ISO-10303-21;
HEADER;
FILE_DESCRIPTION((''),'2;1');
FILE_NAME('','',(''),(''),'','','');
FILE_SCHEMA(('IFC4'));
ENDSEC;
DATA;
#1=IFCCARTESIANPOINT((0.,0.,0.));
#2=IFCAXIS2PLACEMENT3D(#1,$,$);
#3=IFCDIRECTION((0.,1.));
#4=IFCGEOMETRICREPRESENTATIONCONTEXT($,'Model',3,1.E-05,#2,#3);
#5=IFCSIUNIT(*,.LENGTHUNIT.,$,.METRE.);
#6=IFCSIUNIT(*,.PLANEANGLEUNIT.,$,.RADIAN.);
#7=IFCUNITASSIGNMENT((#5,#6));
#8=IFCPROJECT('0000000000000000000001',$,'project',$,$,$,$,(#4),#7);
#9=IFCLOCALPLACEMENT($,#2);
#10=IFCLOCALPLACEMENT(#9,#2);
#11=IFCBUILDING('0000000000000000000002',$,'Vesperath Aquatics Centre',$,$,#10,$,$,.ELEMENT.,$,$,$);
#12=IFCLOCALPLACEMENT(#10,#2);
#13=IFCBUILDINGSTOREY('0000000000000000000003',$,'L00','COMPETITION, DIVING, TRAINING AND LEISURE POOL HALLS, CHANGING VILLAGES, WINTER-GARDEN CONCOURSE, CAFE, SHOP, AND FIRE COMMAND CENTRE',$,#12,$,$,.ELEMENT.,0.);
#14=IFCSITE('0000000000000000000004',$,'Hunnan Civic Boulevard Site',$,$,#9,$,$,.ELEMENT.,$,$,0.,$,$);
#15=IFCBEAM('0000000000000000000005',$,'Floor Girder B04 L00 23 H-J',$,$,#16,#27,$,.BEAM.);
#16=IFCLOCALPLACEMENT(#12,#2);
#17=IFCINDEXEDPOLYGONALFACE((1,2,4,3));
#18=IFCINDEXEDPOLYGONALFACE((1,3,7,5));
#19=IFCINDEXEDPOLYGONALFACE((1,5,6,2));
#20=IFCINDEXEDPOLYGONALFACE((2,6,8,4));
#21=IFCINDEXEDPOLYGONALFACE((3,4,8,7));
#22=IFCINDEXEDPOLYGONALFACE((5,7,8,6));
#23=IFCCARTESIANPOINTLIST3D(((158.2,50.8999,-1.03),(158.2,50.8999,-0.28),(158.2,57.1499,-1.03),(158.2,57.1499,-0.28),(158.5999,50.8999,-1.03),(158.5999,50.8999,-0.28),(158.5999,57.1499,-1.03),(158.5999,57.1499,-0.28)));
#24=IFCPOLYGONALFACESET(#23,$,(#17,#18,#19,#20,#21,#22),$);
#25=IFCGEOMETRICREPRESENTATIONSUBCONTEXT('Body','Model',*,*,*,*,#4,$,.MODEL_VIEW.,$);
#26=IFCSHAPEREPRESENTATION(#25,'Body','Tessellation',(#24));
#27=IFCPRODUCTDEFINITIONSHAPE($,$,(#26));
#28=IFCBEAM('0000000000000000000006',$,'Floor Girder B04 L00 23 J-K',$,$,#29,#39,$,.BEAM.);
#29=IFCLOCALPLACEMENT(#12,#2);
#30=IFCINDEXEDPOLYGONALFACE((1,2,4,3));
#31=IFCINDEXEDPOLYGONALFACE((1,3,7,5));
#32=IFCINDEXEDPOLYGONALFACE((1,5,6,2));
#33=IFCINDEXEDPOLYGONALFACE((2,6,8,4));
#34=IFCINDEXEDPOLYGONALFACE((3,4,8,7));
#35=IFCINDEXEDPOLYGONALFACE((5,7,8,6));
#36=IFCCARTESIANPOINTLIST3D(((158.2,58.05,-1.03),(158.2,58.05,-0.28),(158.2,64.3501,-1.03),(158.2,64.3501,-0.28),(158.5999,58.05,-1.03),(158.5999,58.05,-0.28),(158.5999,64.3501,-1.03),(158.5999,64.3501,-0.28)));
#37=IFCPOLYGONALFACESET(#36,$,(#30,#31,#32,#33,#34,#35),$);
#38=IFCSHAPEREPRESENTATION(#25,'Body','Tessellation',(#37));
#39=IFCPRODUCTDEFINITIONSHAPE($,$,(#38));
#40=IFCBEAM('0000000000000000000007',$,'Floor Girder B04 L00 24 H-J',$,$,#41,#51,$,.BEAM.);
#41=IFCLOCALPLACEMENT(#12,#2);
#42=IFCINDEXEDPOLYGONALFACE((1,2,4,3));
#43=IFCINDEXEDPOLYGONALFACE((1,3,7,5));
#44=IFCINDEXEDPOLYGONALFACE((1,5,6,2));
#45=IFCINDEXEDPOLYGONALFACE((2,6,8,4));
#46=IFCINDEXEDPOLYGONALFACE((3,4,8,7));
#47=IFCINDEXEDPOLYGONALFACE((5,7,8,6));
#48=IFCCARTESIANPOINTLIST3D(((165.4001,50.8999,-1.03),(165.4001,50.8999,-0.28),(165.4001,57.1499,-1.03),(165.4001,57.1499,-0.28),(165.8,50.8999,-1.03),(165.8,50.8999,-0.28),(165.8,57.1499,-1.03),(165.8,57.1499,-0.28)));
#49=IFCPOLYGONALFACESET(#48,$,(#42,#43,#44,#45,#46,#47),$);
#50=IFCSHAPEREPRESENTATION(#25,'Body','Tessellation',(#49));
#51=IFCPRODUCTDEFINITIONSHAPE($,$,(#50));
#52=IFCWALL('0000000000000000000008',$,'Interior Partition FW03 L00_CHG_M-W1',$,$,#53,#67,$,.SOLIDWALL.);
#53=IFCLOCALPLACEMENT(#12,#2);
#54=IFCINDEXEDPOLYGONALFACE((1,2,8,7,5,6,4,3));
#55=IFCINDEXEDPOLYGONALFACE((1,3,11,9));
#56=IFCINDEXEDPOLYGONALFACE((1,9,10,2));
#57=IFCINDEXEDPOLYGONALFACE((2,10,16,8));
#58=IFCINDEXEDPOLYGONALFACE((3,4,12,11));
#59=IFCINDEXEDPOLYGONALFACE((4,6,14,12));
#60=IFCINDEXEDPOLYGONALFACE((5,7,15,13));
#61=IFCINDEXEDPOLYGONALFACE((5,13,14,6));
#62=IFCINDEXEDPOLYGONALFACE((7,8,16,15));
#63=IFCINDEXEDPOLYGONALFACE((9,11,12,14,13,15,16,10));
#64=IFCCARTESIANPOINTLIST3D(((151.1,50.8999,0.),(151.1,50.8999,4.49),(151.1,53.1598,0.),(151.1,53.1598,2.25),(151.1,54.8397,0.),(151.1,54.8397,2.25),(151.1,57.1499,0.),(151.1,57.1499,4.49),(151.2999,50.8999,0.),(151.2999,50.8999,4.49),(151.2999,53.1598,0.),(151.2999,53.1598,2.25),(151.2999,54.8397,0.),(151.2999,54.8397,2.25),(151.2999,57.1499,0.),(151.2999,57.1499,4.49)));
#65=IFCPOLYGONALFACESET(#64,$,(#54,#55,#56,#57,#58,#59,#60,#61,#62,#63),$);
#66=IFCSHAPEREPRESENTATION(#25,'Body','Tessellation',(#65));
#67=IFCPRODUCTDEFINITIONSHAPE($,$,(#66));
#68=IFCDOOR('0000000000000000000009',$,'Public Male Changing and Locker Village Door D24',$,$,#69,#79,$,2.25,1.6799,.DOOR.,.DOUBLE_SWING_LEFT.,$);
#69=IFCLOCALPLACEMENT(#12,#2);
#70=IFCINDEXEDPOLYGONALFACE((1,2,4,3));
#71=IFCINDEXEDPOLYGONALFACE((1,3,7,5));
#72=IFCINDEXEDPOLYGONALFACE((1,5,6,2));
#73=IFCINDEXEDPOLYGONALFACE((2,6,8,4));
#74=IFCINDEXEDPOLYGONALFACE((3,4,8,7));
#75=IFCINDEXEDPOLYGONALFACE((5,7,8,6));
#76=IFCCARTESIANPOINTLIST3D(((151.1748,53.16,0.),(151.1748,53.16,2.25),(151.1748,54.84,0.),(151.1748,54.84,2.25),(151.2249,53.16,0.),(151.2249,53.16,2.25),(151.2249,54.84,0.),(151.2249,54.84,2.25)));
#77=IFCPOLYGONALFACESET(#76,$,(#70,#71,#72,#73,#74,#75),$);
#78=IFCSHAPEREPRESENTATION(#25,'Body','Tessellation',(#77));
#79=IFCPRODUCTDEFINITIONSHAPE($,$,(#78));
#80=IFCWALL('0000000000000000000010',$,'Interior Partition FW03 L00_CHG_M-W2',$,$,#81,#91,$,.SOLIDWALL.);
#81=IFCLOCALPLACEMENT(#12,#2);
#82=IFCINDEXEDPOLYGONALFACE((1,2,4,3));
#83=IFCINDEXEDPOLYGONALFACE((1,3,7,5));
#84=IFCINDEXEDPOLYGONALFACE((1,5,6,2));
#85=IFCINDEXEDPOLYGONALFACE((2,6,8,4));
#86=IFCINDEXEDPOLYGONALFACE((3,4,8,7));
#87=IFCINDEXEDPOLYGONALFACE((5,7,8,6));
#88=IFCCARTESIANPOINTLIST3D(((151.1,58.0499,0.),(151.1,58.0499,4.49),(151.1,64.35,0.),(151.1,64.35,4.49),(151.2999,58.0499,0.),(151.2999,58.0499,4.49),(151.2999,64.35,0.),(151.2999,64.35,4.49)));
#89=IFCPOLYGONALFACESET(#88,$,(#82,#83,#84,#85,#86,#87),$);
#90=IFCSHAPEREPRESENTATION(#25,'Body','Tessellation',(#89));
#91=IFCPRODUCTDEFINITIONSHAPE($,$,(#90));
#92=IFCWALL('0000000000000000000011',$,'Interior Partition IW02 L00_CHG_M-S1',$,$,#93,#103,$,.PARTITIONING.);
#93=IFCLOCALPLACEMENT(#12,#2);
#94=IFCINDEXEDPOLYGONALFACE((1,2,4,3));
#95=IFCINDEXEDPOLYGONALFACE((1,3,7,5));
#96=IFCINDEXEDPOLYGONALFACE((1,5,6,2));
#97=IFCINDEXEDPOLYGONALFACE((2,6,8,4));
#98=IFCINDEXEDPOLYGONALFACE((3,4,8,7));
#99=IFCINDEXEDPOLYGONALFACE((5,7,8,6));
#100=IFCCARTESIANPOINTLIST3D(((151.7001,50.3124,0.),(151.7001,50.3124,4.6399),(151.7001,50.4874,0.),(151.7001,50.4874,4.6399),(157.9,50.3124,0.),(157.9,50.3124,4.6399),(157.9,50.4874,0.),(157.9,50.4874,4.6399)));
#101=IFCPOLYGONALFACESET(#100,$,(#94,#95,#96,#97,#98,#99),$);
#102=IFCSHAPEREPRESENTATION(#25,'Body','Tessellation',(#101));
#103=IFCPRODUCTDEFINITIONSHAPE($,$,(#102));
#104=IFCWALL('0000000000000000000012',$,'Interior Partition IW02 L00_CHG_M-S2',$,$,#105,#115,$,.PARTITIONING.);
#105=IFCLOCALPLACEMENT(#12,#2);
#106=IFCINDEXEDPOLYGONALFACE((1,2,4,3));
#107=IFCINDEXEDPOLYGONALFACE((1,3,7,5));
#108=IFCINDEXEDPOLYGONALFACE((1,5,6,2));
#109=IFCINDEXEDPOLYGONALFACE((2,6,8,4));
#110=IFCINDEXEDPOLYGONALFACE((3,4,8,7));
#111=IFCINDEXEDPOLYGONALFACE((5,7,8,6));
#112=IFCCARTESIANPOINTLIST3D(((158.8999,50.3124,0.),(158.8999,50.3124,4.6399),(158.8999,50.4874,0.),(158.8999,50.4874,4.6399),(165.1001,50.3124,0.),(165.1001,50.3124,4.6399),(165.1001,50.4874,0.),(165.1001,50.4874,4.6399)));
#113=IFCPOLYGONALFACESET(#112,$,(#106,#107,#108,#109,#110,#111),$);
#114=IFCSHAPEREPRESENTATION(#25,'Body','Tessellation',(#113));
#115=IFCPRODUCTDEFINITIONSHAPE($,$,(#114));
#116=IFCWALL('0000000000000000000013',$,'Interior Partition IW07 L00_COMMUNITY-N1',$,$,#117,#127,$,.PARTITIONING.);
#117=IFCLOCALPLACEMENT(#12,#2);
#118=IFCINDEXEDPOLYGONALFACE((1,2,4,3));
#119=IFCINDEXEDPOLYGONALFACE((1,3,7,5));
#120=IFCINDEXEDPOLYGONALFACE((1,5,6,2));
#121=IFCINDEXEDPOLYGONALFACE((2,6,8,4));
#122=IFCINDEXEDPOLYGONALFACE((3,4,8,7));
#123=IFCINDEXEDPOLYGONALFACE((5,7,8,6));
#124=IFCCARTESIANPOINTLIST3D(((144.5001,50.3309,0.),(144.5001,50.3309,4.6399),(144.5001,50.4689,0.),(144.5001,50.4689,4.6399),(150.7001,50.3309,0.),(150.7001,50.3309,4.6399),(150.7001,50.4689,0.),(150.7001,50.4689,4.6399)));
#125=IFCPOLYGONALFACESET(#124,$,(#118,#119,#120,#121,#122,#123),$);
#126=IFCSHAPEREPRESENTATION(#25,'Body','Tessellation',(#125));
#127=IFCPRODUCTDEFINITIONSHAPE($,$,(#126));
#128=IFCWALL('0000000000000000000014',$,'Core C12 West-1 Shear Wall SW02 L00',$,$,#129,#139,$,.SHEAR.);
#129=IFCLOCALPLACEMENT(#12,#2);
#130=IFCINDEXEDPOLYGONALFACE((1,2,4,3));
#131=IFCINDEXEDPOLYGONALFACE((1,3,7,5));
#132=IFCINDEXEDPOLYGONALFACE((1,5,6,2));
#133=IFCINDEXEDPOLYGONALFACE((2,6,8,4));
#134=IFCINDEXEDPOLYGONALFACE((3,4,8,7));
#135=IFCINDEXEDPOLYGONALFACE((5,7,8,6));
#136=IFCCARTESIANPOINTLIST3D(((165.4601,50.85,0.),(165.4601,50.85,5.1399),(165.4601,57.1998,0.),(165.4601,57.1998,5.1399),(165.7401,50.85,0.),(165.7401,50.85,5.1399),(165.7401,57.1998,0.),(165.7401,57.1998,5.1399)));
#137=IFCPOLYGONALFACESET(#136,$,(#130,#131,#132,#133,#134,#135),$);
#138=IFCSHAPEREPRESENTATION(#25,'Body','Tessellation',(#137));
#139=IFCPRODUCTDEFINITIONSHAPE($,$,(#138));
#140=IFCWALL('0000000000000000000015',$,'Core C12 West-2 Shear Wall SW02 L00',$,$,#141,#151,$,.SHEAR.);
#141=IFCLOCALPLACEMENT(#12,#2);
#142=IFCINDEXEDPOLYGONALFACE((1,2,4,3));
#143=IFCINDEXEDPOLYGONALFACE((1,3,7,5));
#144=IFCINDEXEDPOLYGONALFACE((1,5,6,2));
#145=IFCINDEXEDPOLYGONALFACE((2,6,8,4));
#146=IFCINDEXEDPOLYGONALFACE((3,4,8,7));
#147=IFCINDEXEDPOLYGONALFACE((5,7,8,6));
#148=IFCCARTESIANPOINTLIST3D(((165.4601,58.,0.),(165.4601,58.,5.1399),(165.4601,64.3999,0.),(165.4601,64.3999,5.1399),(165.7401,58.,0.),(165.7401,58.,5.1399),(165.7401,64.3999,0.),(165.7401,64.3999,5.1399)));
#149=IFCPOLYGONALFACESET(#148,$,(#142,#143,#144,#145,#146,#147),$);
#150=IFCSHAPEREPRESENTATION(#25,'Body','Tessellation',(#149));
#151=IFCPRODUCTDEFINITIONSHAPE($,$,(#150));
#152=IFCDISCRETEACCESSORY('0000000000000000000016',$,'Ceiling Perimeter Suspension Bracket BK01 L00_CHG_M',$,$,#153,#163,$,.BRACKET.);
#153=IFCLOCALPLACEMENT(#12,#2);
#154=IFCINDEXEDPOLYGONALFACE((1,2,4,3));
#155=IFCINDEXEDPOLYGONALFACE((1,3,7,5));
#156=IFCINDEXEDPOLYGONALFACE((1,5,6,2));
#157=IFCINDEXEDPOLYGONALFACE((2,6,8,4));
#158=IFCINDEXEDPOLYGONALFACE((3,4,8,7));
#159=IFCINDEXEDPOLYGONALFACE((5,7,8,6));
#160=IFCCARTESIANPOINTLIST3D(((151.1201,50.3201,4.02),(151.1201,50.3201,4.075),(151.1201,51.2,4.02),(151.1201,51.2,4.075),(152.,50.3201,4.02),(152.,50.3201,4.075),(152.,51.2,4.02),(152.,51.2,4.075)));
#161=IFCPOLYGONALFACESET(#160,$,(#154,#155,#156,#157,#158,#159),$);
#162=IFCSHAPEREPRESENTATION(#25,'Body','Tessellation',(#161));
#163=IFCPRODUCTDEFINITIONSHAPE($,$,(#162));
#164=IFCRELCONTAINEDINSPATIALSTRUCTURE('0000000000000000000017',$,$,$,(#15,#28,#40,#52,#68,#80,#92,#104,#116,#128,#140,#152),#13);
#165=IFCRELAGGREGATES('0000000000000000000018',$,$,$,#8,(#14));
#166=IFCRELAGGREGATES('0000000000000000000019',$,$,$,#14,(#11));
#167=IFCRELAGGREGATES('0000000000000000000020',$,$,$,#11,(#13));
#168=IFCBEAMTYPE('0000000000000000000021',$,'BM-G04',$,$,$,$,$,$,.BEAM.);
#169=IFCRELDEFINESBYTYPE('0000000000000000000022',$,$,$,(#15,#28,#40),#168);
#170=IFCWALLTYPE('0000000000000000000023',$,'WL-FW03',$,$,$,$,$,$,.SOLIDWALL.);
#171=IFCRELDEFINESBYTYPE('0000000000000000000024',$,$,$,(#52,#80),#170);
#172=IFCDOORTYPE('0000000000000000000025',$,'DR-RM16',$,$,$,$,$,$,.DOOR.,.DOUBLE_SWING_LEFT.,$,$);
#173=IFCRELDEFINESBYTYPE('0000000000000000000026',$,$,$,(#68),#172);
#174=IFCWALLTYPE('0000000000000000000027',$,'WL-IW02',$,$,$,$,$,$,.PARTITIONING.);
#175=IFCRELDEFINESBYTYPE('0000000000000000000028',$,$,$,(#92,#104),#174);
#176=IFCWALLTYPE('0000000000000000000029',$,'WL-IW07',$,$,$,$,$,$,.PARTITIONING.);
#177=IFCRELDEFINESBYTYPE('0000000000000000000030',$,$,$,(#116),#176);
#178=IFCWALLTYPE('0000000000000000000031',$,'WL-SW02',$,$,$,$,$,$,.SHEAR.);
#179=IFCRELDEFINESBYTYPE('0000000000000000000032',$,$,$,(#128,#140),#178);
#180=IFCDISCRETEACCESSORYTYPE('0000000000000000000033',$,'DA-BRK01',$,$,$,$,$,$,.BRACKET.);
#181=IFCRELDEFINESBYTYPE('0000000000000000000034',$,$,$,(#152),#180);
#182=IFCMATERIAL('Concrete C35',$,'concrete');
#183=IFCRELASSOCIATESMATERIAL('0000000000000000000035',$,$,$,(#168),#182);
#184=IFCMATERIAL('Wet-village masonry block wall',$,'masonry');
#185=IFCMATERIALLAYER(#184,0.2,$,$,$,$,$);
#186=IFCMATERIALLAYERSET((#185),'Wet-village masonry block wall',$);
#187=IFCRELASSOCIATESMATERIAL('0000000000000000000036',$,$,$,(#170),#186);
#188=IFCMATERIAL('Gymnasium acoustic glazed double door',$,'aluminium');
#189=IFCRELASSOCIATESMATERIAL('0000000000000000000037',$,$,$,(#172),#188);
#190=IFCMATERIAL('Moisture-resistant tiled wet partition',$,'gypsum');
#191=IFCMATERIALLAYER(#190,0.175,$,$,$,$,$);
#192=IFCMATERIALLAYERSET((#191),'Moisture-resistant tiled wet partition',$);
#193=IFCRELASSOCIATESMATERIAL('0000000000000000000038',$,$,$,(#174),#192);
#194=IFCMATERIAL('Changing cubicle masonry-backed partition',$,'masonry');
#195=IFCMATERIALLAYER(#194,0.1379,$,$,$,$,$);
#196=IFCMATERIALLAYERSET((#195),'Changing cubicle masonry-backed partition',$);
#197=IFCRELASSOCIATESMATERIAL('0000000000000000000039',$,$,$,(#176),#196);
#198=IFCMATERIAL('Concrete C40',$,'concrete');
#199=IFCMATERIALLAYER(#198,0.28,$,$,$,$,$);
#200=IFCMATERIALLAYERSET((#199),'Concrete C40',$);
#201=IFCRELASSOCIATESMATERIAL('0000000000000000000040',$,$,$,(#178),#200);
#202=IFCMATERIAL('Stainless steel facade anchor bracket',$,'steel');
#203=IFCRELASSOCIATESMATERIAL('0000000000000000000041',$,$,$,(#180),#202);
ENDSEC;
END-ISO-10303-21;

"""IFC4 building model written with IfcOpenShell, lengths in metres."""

from ifc_helpers import new_model, si_unit, direction, frame, frame_2d, origin, origin_2d, place, context, subcontext, project, spatial, rectangle, extrude, material, layer, layer_set, material_profile, profile_set, type_object, element, fill, save


model = new_model("IFC4")

# Units and contexts
model_context = context("Model", 3, precision=1e-05, world=origin(), true_north=direction((0.0, 1.0)))
body_context = subcontext(model_context, "Body", "Model", "MODEL_VIEW")
ifc_project = project(units=[si_unit("LENGTHUNIT", "METRE"), si_unit("PLANEANGLEUNIT", "RADIAN")], contexts=[model_context])

# Site, building, storey
site_placement = place(None, origin())
site = spatial("IfcSite", under=ifc_project, at=site_placement, Name="Hunnan Civic Boulevard Site", CompositionType="ELEMENT", RefElevation=0.0)
building_placement = place(site_placement, origin())
building = spatial("IfcBuilding", under=site, at=building_placement, Name="Vesperath Aquatics Centre", CompositionType="ELEMENT")
storey_placement = place(building_placement, origin())
storey = spatial("IfcBuildingStorey", under=building, at=storey_placement, Name="L00", Description="COMPETITION, DIVING, TRAINING AND LEISURE POOL HALLS, CHANGING VILLAGES, WINTER-GARDEN CONCOURSE, CAFE, SHOP, AND FIRE COMMAND CENTRE", CompositionType="ELEMENT", Elevation=0.0)

# Shared definitions
ifc_material_1 = material(Name="Concrete C40", Category="concrete")

# Beams
ifc_material_2 = material(Name="Concrete C35", Category="concrete")
ifc_material_profile_1 = material_profile(ifc_material_2, rectangle(XDim=0.3999, YDim=0.75, at=origin_2d()), Name="RC 400x750")
ifc_profile_set_1 = profile_set([ifc_material_profile_1], Name="Concrete C35")
beam_type_1 = type_object("IfcBeamType", Name="BM-G04", PredefinedType="BEAM", material=ifc_profile_set_1)
beam_1_placement = place(storey_placement, frame((158.3999, 50.8999, -0.655), z_axis=(0.0, 1.0, 0.0), x_axis=(-1.0, 0.0, 0.0)))
element("IfcBeam", 1, at=beam_1_placement, inside=storey, type_object=beam_type_1, Name="Floor Girder B04 L00 23 H-J", PredefinedType="BEAM", context=body_context, shape_type="SweptSolid", body=[
    extrude(rectangle(XDim=0.3999, YDim=0.75, at=origin_2d()), origin(), (0.0, 0.0, 1.0), 6.25),
])
beam_2_placement = place(storey_placement, frame((158.3999, 58.05, -0.655), z_axis=(0.0, 1.0, 0.0), x_axis=(-1.0, 0.0, 0.0)))
element("IfcBeam", 2, at=beam_2_placement, inside=storey, type_object=beam_type_1, Name="Floor Girder B04 L00 23 J-K", PredefinedType="BEAM", context=body_context, shape_type="SweptSolid", body=[
    extrude(rectangle(XDim=0.3999, YDim=0.75, at=origin_2d()), origin(), (0.0, 0.0, 1.0), 6.3),
])
beam_3_placement = place(storey_placement, frame((165.6001, 50.8999, -0.655), z_axis=(0.0, 1.0, 0.0), x_axis=(-1.0, 0.0, 0.0)))
element("IfcBeam", 3, at=beam_3_placement, inside=storey, type_object=beam_type_1, Name="Floor Girder B04 L00 24 H-J", PredefinedType="BEAM", context=body_context, shape_type="SweptSolid", body=[
    extrude(rectangle(XDim=0.3999, YDim=0.75, at=origin_2d()), origin(), (0.0, 0.0, 1.0), 6.25),
])

# Wall, opening, door
ifc_material_3 = material(Name="Wet-village masonry block wall", Category="masonry")
ifc_layer_1 = layer(ifc_material_3, 0.2)
ifc_layer_set_1 = layer_set([ifc_layer_1], Name="Wet-village masonry block wall")
wall_type_1 = type_object("IfcWallType", Name="WL-FW03", PredefinedType="SOLIDWALL", material=ifc_layer_set_1)
wall_1_placement = place(storey_placement, frame((151.2, 50.8999, 0.0), z_axis=(0.0, 0.0, 1.0), x_axis=(0.0, 1.0, 0.0)))
wall_1 = element("IfcWall", 4, at=wall_1_placement, inside=storey, type_object=wall_type_1, Name="Interior Partition FW03 L00_CHG_M-W1", PredefinedType="SOLIDWALL", context=body_context, shape_type="SweptSolid", body=[
    extrude(rectangle(XDim=6.25, YDim=0.2, at=frame_2d((3.125, 0.0))), origin(), (0.0, 0.0, 1.0), 4.49),
])
opening_placement = place(wall_1_placement, frame((2.26, 0.0, 0.0)))
opening = element("IfcOpeningElement", 5, at=opening_placement, cuts=wall_1, PredefinedType="OPENING", context=body_context, shape_type="SweptSolid", body=[
    extrude(rectangle(XDim=1.6799, YDim=2.25, at=frame_2d((0.8398, 1.125))), frame((0.0, 0.1147, 0.0), z_axis=(0.0, -1.0, 0.0), x_axis=(1.0, 0.0, 0.0)), (0.0, 0.0, 1.0), 0.2297),
])
ifc_material_4 = material(Name="Gymnasium acoustic glazed double door", Category="aluminium")
door_type = type_object("IfcDoorType", Name="DR-RM16", OperationType="DOUBLE_SWING_LEFT", PredefinedType="DOOR", material=ifc_material_4)
door_placement = place(opening_placement, frame((1.6799, 0.0, 0.0), z_axis=(0.0, 0.0, 1.0), x_axis=(-1.0, 0.0, 0.0)))
door = element("IfcDoor", 6, at=door_placement, inside=storey, type_object=door_type, Name="Public Male Changing and Locker Village Door D24", OperationType="DOUBLE_SWING_LEFT", OverallHeight=2.25, OverallWidth=1.6799, PredefinedType="DOOR", context=body_context, shape_type="SweptSolid", body=[
    extrude(rectangle(XDim=1.6799, YDim=2.25, at=frame_2d((0.8398, 1.125))), frame((0.0, 0.0249, 0.0), z_axis=(0.0, -1.0, 0.0), x_axis=(1.0, 0.0, 0.0)), (0.0, 0.0, 1.0), 0.05),
])
fill(opening, door)

# Walls
wall_2_placement = place(storey_placement, frame((151.2, 58.05, 0.0), z_axis=(0.0, 0.0, 1.0), x_axis=(0.0, 1.0, 0.0)))
element("IfcWall", 7, at=wall_2_placement, inside=storey, type_object=wall_type_1, Name="Interior Partition FW03 L00_CHG_M-W2", PredefinedType="SOLIDWALL", context=body_context, shape_type="SweptSolid", body=[
    extrude(rectangle(XDim=6.3, YDim=0.2, at=frame_2d((3.1499, 0.0))), origin(), (0.0, 0.0, 1.0), 4.49),
])
ifc_material_5 = material(Name="Moisture-resistant tiled wet partition", Category="gypsum")
ifc_layer_2 = layer(ifc_material_5, 0.175)
ifc_layer_set_2 = layer_set([ifc_layer_2], Name="Moisture-resistant tiled wet partition")
wall_type_2 = type_object("IfcWallType", Name="WL-IW02", PredefinedType="PARTITIONING", material=ifc_layer_set_2)
wall_3_placement = place(storey_placement, frame((151.7, 50.3999, 0.0), z_axis=(0.0, 0.0, 1.0), x_axis=(1.0, 0.0, 0.0)))
element("IfcWall", 8, at=wall_3_placement, inside=storey, type_object=wall_type_2, Name="Interior Partition IW02 L00_CHG_M-S1", PredefinedType="PARTITIONING", context=body_context, shape_type="SweptSolid", body=[
    extrude(rectangle(XDim=6.2, YDim=0.175, at=frame_2d((3.1001, 0.0))), origin(), (0.0, 0.0, 1.0), 4.6399),
])
wall_4_placement = place(storey_placement, frame((158.8999, 50.3999, 0.0), z_axis=(0.0, 0.0, 1.0), x_axis=(1.0, 0.0, 0.0)))
element("IfcWall", 9, at=wall_4_placement, inside=storey, type_object=wall_type_2, Name="Interior Partition IW02 L00_CHG_M-S2", PredefinedType="PARTITIONING", context=body_context, shape_type="SweptSolid", body=[
    extrude(rectangle(XDim=6.2002, YDim=0.175, at=frame_2d((3.1001, 0.0))), origin(), (0.0, 0.0, 1.0), 4.6399),
])
ifc_material_6 = material(Name="Changing cubicle masonry-backed partition", Category="masonry")
ifc_layer_3 = layer(ifc_material_6, 0.1379)
ifc_layer_set_3 = layer_set([ifc_layer_3], Name="Changing cubicle masonry-backed partition")
wall_type_3 = type_object("IfcWallType", Name="WL-IW07", PredefinedType="PARTITIONING", material=ifc_layer_set_3)
wall_5_placement = place(storey_placement, frame((144.5, 50.3999, 0.0), z_axis=(0.0, 0.0, 1.0), x_axis=(1.0, 0.0, 0.0)))
element("IfcWall", 10, at=wall_5_placement, inside=storey, type_object=wall_type_3, Name="Interior Partition IW07 L00_COMMUNITY-N1", PredefinedType="PARTITIONING", context=body_context, shape_type="SweptSolid", body=[
    extrude(rectangle(XDim=6.2, YDim=0.1379, at=frame_2d((3.1001, 0.0))), origin(), (0.0, 0.0, 1.0), 4.6399),
])
ifc_layer_4 = layer(ifc_material_1, 0.28)
ifc_layer_set_4 = layer_set([ifc_layer_4], Name="Concrete C40")
wall_type_4 = type_object("IfcWallType", Name="WL-SW02", PredefinedType="SHEAR", material=ifc_layer_set_4)
wall_6_placement = place(storey_placement, frame((165.6001, 50.8501, 0.0), z_axis=(0.0, 0.0, 1.0), x_axis=(0.0, 1.0, 0.0)))
element("IfcWall", 11, at=wall_6_placement, inside=storey, type_object=wall_type_4, Name="Core C12 West-1 Shear Wall SW02 L00", PredefinedType="SHEAR", context=body_context, shape_type="SweptSolid", body=[
    extrude(rectangle(XDim=6.3499, YDim=0.28, at=frame_2d((3.1748, 0.0))), origin(), (0.0, 0.0, 1.0), 5.1399),
])
wall_7_placement = place(storey_placement, frame((165.6001, 58.0, 0.0), z_axis=(0.0, 0.0, 1.0), x_axis=(0.0, 1.0, 0.0)))
element("IfcWall", 12, at=wall_7_placement, inside=storey, type_object=wall_type_4, Name="Core C12 West-2 Shear Wall SW02 L00", PredefinedType="SHEAR", context=body_context, shape_type="SweptSolid", body=[
    extrude(rectangle(XDim=6.3999, YDim=0.28, at=frame_2d((3.2, 0.0))), origin(), (0.0, 0.0, 1.0), 5.1399),
])

# Discrete accessory
ifc_material_7 = material(Name="Stainless steel facade anchor bracket", Category="steel")
discrete_accessory_type = type_object("IfcDiscreteAccessoryType", Name="DA-BRK01", PredefinedType="BRACKET", material=ifc_material_7)
discrete_accessory_placement = place(storey_placement, frame((151.5601, 50.76, 4.02), z_axis=(0.0, 0.0, 1.0), x_axis=(1.0, 0.0, 0.0)))
element("IfcDiscreteAccessory", 13, at=discrete_accessory_placement, inside=storey, type_object=discrete_accessory_type, Name="Ceiling Perimeter Suspension Bracket BK01 L00_CHG_M", PredefinedType="BRACKET", context=body_context, shape_type="SweptSolid", body=[
    extrude(rectangle(XDim=0.8799, YDim=0.8799, at=origin_2d()), origin(), (0.0, 0.0, 1.0), 0.0549),
])

save(model, "model.ifc")
